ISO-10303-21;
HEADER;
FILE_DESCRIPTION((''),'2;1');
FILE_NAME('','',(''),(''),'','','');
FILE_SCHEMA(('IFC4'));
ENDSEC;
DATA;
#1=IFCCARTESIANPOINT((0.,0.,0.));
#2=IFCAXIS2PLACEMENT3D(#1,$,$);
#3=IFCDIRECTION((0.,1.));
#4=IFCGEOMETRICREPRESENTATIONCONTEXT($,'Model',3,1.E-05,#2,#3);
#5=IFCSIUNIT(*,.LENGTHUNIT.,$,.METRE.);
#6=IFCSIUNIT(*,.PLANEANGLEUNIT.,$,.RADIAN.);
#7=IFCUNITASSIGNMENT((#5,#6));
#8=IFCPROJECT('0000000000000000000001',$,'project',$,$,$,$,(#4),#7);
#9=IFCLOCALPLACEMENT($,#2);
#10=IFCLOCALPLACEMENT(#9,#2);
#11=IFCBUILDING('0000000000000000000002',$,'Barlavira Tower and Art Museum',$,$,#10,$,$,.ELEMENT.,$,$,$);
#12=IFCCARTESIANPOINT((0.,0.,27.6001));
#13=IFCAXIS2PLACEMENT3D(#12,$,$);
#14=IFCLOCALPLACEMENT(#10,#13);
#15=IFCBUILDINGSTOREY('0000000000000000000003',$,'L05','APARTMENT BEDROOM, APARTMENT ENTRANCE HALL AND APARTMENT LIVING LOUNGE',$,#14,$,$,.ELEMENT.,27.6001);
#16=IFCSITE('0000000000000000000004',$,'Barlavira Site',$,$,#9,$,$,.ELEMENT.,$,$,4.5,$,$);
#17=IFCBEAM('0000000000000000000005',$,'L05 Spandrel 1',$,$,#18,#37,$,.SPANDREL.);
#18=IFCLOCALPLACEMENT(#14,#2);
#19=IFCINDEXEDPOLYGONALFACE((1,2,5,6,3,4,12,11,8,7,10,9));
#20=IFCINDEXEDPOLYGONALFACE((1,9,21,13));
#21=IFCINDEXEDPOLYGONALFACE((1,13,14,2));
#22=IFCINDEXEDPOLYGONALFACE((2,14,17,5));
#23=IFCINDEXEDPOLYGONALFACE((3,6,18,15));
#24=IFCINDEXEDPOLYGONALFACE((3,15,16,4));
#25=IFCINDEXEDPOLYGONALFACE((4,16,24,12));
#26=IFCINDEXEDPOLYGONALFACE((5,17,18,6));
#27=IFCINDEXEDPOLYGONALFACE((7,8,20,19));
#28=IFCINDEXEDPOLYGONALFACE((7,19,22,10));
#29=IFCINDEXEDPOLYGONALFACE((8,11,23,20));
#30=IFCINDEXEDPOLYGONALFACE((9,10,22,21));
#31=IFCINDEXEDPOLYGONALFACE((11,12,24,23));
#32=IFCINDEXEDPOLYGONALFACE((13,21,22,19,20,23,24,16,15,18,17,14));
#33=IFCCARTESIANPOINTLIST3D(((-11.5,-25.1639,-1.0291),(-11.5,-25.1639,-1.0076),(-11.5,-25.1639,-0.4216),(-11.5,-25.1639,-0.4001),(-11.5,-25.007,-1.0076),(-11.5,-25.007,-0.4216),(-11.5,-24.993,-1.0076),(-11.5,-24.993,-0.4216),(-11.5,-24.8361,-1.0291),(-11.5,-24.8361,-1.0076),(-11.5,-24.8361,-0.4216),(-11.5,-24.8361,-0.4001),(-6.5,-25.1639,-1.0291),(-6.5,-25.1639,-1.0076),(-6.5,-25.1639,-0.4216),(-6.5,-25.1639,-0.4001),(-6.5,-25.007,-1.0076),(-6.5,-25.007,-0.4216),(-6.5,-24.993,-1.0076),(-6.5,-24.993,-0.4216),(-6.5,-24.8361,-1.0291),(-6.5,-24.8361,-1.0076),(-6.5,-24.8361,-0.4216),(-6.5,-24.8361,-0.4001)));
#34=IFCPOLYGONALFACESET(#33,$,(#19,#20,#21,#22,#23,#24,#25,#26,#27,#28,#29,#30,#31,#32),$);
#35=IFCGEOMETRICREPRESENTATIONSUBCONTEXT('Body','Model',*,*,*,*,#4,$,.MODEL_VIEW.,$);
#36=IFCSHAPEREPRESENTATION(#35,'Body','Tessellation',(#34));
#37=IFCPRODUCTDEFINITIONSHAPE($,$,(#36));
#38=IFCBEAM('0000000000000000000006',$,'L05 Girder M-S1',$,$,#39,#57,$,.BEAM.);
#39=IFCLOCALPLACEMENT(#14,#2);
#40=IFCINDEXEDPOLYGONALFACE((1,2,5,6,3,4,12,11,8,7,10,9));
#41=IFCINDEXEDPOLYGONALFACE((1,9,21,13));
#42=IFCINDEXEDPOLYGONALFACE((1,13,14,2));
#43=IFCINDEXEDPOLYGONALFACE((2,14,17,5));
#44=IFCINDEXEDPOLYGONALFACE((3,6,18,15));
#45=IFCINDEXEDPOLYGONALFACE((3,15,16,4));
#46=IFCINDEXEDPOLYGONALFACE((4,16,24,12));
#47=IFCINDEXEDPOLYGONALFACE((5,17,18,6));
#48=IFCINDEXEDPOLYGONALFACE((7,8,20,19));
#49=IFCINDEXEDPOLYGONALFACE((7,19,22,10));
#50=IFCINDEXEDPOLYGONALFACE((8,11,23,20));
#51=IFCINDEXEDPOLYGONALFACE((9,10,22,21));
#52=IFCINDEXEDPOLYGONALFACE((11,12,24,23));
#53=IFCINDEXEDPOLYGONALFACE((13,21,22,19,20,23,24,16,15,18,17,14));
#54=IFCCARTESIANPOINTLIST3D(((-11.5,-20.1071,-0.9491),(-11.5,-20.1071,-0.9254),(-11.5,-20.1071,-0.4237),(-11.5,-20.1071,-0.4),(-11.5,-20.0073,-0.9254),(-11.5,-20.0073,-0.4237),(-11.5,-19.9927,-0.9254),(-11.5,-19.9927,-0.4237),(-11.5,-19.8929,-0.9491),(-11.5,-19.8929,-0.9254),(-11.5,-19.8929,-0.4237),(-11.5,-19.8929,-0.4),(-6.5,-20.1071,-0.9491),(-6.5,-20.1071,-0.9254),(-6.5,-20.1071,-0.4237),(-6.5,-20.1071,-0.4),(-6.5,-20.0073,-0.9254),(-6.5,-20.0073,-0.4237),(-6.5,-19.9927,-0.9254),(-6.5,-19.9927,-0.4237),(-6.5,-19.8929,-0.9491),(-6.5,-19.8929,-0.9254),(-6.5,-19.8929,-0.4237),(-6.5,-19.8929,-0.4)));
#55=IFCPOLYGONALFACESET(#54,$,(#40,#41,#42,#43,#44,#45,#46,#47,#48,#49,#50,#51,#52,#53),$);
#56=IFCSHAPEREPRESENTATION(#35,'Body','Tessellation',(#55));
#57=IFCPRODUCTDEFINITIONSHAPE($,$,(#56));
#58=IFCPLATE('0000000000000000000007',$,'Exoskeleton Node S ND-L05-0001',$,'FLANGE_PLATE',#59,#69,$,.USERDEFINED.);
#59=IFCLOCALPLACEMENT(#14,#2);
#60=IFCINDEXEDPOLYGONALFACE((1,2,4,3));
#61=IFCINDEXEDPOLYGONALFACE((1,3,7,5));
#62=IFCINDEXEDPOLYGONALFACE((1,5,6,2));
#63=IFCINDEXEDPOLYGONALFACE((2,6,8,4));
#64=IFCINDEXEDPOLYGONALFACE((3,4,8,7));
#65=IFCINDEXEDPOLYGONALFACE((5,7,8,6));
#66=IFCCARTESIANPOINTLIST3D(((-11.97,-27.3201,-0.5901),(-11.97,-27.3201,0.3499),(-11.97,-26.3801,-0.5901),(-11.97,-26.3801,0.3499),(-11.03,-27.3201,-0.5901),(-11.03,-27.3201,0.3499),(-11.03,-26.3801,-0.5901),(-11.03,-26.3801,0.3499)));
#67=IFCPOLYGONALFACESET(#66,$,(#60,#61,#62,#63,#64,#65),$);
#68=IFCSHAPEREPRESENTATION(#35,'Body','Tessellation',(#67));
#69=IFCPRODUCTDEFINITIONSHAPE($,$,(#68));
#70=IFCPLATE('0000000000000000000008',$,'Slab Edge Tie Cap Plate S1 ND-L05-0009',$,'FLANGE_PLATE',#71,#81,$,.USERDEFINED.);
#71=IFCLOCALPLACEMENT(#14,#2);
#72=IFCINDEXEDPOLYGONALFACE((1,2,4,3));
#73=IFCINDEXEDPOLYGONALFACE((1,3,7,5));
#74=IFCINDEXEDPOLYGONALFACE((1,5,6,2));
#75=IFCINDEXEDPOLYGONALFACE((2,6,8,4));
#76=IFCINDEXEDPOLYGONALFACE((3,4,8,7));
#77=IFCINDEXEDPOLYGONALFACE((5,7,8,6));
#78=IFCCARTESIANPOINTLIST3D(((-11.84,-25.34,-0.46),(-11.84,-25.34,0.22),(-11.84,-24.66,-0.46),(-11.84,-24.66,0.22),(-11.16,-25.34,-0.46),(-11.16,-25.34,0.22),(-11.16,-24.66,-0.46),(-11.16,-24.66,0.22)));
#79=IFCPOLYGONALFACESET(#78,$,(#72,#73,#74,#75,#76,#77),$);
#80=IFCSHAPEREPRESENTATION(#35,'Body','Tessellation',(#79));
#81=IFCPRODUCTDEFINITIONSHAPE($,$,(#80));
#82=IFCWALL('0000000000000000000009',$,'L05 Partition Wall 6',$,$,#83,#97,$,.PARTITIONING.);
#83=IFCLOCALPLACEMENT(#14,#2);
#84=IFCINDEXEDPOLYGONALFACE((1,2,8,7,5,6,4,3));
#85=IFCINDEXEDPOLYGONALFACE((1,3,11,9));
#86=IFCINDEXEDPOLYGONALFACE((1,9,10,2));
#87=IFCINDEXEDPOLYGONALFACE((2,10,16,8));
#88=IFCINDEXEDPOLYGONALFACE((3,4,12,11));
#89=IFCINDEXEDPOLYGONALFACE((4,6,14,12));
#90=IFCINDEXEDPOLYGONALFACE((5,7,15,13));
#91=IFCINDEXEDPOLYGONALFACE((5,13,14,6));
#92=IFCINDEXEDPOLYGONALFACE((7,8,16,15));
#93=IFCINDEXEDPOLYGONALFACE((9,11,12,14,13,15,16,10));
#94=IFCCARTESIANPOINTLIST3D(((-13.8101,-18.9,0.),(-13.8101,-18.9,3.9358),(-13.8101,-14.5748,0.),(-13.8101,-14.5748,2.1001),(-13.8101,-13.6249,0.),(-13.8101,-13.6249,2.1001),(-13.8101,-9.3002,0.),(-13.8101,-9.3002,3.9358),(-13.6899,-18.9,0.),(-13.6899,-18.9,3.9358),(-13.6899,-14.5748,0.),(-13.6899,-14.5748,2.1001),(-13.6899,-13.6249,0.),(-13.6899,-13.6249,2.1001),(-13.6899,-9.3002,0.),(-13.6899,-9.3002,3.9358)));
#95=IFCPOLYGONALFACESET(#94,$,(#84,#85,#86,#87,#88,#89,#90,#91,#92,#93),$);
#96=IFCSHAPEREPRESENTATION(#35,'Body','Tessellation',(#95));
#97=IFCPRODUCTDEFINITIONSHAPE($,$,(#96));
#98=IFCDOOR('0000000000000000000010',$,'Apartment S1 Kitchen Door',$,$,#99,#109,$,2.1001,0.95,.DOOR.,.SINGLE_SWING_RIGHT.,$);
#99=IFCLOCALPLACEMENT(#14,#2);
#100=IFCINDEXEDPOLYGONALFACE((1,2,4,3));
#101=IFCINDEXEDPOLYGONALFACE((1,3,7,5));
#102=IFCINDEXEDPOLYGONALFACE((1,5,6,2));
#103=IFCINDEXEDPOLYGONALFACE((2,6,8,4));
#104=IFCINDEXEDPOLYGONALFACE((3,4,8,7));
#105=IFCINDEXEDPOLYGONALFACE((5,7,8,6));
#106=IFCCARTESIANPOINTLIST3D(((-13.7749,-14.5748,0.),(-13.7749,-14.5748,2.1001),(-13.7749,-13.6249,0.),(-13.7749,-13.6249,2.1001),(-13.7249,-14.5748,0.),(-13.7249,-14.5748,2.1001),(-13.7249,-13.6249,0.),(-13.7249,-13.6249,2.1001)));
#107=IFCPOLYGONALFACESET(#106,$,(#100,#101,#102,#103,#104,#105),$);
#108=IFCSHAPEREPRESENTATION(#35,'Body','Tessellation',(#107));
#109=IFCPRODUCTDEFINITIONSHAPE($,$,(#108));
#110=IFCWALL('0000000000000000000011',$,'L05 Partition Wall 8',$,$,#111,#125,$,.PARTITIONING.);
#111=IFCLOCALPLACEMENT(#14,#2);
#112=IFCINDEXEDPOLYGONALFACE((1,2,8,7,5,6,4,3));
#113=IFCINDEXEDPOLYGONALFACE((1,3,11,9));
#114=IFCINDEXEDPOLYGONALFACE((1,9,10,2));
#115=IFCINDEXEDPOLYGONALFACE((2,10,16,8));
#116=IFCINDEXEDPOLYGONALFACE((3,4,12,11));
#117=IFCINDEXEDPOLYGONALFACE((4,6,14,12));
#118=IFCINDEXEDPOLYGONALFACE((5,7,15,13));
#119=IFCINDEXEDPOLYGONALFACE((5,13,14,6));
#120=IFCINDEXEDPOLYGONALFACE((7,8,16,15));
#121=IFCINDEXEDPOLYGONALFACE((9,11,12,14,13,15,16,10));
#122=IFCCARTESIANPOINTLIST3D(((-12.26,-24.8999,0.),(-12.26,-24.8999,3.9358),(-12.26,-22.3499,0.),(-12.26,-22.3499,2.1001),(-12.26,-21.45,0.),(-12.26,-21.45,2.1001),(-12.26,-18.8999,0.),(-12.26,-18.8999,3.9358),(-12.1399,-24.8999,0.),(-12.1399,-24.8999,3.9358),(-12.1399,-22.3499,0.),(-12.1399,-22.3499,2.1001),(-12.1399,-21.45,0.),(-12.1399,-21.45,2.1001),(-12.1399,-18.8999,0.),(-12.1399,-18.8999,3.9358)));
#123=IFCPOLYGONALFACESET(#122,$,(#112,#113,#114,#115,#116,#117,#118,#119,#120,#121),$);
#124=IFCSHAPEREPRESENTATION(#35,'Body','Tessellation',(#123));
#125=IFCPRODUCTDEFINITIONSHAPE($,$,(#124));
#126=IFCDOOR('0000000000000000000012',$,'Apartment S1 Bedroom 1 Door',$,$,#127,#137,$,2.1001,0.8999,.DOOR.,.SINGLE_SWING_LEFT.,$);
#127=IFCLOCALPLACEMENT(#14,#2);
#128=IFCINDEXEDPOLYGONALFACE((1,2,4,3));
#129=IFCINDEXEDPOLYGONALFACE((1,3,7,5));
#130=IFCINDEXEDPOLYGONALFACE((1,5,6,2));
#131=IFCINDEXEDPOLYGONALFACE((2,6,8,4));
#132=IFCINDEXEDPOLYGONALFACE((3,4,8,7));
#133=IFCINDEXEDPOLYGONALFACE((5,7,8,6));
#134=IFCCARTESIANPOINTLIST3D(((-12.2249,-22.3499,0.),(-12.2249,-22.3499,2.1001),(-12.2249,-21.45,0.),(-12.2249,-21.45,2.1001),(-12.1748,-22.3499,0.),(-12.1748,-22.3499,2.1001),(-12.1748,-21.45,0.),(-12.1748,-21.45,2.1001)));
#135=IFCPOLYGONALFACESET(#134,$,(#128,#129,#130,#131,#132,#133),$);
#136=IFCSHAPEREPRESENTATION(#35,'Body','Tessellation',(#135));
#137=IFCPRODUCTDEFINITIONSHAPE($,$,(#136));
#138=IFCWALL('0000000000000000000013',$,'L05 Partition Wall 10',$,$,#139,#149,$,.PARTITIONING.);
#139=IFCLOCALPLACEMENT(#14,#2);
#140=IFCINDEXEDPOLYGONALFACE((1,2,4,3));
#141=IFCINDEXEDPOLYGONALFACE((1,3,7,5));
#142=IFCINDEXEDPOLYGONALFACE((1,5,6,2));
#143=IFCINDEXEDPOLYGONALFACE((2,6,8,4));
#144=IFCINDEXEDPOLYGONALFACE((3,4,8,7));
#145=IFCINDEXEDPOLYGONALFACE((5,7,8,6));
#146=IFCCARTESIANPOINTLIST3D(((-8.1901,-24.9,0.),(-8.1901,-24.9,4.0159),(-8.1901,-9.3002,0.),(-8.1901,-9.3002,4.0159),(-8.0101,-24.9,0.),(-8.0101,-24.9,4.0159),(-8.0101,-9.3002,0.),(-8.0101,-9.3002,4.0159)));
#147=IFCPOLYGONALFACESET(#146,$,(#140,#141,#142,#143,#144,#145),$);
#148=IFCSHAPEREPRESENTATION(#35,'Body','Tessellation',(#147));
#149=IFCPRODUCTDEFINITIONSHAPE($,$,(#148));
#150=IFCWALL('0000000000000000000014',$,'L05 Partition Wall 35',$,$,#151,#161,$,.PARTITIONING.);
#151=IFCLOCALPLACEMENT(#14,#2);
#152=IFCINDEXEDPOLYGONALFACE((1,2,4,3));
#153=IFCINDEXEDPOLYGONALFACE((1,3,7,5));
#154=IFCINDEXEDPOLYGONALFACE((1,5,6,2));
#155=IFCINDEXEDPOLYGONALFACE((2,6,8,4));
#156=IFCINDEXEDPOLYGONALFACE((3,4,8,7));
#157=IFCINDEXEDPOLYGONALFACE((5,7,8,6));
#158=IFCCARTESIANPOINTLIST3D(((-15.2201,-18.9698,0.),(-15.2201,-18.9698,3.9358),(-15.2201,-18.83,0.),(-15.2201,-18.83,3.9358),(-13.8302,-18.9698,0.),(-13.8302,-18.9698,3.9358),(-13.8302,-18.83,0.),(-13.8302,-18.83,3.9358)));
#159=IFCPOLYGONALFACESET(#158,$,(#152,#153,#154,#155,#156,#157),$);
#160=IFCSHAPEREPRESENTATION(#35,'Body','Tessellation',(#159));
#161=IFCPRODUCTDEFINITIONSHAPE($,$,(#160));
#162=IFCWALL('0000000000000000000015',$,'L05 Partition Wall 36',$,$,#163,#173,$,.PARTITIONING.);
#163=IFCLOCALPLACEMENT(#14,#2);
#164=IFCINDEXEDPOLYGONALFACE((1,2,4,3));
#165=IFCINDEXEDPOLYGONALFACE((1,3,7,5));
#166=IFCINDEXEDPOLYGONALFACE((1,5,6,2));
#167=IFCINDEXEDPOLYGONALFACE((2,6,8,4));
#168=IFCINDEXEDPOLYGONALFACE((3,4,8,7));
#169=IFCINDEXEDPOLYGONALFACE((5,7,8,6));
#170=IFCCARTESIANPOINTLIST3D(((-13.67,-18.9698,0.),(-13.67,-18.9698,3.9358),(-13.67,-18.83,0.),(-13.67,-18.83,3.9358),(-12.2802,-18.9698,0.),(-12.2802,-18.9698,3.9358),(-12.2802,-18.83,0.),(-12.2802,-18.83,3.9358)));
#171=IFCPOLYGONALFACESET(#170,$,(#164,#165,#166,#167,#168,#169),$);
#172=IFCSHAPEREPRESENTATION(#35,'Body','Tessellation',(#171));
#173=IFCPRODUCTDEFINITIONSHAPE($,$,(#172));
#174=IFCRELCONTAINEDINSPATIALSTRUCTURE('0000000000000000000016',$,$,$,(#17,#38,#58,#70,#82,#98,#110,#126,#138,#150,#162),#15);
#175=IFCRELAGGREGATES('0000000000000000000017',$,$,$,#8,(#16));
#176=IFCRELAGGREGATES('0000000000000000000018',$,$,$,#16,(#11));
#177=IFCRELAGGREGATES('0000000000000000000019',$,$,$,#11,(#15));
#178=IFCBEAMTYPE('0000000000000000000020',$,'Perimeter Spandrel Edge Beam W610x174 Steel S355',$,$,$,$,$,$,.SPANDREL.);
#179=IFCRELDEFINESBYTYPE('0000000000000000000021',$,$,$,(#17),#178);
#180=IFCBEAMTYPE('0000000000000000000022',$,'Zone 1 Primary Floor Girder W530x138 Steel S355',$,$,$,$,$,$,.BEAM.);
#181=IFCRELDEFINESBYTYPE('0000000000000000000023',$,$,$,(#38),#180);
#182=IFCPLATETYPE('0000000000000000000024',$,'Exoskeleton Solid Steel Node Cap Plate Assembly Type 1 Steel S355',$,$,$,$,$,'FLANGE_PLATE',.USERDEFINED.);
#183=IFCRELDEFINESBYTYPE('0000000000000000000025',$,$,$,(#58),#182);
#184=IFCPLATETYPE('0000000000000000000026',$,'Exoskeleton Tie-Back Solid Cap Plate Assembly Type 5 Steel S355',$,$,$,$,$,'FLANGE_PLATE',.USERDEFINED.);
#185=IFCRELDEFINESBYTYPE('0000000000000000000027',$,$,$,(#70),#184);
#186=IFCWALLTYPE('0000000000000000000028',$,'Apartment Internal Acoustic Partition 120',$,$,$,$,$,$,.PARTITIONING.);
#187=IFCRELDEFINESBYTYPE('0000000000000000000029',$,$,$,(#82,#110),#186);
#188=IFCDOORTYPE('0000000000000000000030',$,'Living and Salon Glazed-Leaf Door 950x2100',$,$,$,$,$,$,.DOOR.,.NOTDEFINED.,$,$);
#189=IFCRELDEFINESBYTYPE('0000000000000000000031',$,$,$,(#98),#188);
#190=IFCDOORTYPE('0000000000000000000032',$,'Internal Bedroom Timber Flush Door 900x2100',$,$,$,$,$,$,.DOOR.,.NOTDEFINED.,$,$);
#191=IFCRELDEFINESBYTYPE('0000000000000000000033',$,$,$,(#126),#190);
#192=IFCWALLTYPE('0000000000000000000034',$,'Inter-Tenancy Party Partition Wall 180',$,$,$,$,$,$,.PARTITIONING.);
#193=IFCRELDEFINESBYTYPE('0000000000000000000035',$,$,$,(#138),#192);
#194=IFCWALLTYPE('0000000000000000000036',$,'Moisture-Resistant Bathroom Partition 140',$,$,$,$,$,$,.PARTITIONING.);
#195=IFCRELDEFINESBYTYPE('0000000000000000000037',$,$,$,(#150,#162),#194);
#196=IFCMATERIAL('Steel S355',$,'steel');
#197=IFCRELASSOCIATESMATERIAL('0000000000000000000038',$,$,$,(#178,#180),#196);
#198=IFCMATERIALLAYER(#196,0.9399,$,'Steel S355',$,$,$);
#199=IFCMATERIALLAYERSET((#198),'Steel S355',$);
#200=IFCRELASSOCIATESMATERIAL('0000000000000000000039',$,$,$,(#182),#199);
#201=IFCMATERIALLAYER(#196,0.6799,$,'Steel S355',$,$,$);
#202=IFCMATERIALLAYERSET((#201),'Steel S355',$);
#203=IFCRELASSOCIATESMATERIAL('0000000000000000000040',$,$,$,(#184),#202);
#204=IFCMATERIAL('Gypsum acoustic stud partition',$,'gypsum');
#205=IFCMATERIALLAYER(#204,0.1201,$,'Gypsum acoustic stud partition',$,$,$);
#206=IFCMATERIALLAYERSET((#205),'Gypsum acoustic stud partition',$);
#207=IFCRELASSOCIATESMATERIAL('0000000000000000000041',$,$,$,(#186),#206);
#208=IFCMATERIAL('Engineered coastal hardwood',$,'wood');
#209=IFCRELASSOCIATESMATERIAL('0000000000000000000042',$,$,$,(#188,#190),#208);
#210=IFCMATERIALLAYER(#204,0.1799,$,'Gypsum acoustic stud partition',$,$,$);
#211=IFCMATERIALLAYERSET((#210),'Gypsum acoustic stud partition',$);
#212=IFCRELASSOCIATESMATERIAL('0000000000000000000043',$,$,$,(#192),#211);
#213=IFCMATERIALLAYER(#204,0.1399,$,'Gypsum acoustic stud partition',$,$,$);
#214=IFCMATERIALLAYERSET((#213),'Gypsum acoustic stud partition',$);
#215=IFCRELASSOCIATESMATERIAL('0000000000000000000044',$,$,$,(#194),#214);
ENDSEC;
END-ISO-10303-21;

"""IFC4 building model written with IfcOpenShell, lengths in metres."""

from ifc_helpers import new_model, si_unit, direction, frame, frame_2d, origin, origin_2d, place, context, subcontext, project, spatial, rectangle, i_section, extrude, material, layer, layer_set, material_profile, profile_set, type_object, element, fill, save


model = new_model("IFC4")

# Units and contexts
model_context = context("Model", 3, precision=1e-05, world=origin(), true_north=direction((0.0, 1.0)))
body_context = subcontext(model_context, "Body", "Model", "MODEL_VIEW")
ifc_project = project(units=[si_unit("LENGTHUNIT", "METRE"), si_unit("PLANEANGLEUNIT", "RADIAN")], contexts=[model_context])

# Site, building, storey
site_placement = place(None, origin())
site = spatial("IfcSite", under=ifc_project, at=site_placement, Name="Barlavira Site", CompositionType="ELEMENT", RefElevation=4.5)
building_placement = place(site_placement, origin())
building = spatial("IfcBuilding", under=site, at=building_placement, Name="Barlavira Tower and Art Museum", CompositionType="ELEMENT")
storey_placement = place(building_placement, frame((0.0, 0.0, 27.6001)))
storey = spatial("IfcBuildingStorey", under=building, at=storey_placement, Name="L05", Description="APARTMENT BEDROOM, APARTMENT ENTRANCE HALL AND APARTMENT LIVING LOUNGE", CompositionType="ELEMENT", Elevation=27.6001)

# Shared definitions
ifc_material_1 = material(Name="Steel S355", Category="steel")

# Beams
ifc_material_profile_1 = material_profile(ifc_material_1, i_section(OverallWidth=0.3279, OverallDepth=0.6289, WebThickness=0.0139, FlangeThickness=0.0215, at=origin_2d()), Name="W610x174.0")
ifc_profile_set_1 = profile_set([ifc_material_profile_1], Name="Steel S355")
beam_type_1 = type_object("IfcBeamType", Name="Perimeter Spandrel Edge Beam W610x174 Steel S355", PredefinedType="SPANDREL", material=ifc_profile_set_1)
beam_1_placement = place(storey_placement, frame((-11.5, -25.0, -0.7146), z_axis=(1.0, 0.0, 0.0), x_axis=(0.0, 1.0, 0.0)))
element("IfcBeam", 1, at=beam_1_placement, inside=storey, type_object=beam_type_1, Name="L05 Spandrel 1", PredefinedType="SPANDREL", context=body_context, shape_type="SweptSolid", body=[
    extrude(i_section(OverallWidth=0.3279, OverallDepth=0.6289, WebThickness=0.0139, FlangeThickness=0.0215, at=origin_2d()), origin(), (0.0, 0.0, 1.0), 5.0),
])
ifc_material_profile_2 = material_profile(ifc_material_1, i_section(OverallWidth=0.2141, OverallDepth=0.5491, WebThickness=0.0146, FlangeThickness=0.0237, at=origin_2d()), Name="W530x138.0")
ifc_profile_set_2 = profile_set([ifc_material_profile_2], Name="Steel S355")
beam_type_2 = type_object("IfcBeamType", Name="Zone 1 Primary Floor Girder W530x138 Steel S355", PredefinedType="BEAM", material=ifc_profile_set_2)
beam_2_placement = place(storey_placement, frame((-11.5, -20.0, -0.6746), z_axis=(1.0, 0.0, 0.0), x_axis=(0.0, 1.0, 0.0)))
element("IfcBeam", 2, at=beam_2_placement, inside=storey, type_object=beam_type_2, Name="L05 Girder M-S1", PredefinedType="BEAM", context=body_context, shape_type="SweptSolid", body=[
    extrude(i_section(OverallWidth=0.2141, OverallDepth=0.5491, WebThickness=0.0146, FlangeThickness=0.0237, at=origin_2d()), origin(), (0.0, 0.0, 1.0), 5.0),
])

# Plates
ifc_layer_1 = layer(ifc_material_1, 0.9399, Name="Steel S355")
ifc_layer_set_1 = layer_set([ifc_layer_1], Name="Steel S355")
plate_type_1 = type_object("IfcPlateType", Name="Exoskeleton Solid Steel Node Cap Plate Assembly Type 1 Steel S355", ElementType="FLANGE_PLATE", PredefinedType="USERDEFINED", material=ifc_layer_set_1)
plate_1_placement = place(storey_placement, frame((-11.5, -26.8501, -0.5901), z_axis=(0.0, 0.0, 1.0), x_axis=(1.0, 0.0, 0.0)))
element("IfcPlate", 3, at=plate_1_placement, inside=storey, type_object=plate_type_1, Name="Exoskeleton Node S ND-L05-0001", ObjectType="FLANGE_PLATE", PredefinedType="USERDEFINED", context=body_context, shape_type="SweptSolid", body=[
    extrude(rectangle(XDim=0.9399, YDim=0.9399, at=origin_2d()), origin(), (0.0, 0.0, 1.0), 0.9399),
])
ifc_layer_2 = layer(ifc_material_1, 0.6799, Name="Steel S355")
ifc_layer_set_2 = layer_set([ifc_layer_2], Name="Steel S355")
plate_type_2 = type_object("IfcPlateType", Name="Exoskeleton Tie-Back Solid Cap Plate Assembly Type 5 Steel S355", ElementType="FLANGE_PLATE", PredefinedType="USERDEFINED", material=ifc_layer_set_2)
plate_2_placement = place(storey_placement, frame((-11.5, -25.0, -0.46), z_axis=(0.0, 0.0, 1.0), x_axis=(1.0, 0.0, 0.0)))
element("IfcPlate", 4, at=plate_2_placement, inside=storey, type_object=plate_type_2, Name="Slab Edge Tie Cap Plate S1 ND-L05-0009", ObjectType="FLANGE_PLATE", PredefinedType="USERDEFINED", context=body_context, shape_type="SweptSolid", body=[
    extrude(rectangle(XDim=0.6799, YDim=0.6799, at=origin_2d()), origin(), (0.0, 0.0, 1.0), 0.6799),
])

# Walls, openings, doors
ifc_material_2 = material(Name="Gypsum acoustic stud partition", Category="gypsum")
ifc_layer_3 = layer(ifc_material_2, 0.1201, Name="Gypsum acoustic stud partition")
ifc_layer_set_3 = layer_set([ifc_layer_3], Name="Gypsum acoustic stud partition")
wall_type_1 = type_object("IfcWallType", Name="Apartment Internal Acoustic Partition 120", PredefinedType="PARTITIONING", material=ifc_layer_set_3)
wall_1_placement = place(storey_placement, frame((-13.75, -18.8999, 0.0), z_axis=(0.0, 0.0, 1.0), x_axis=(0.0, 1.0, 0.0)))
wall_1 = element("IfcWall", 5, at=wall_1_placement, inside=storey, type_object=wall_type_1, Name="L05 Partition Wall 6", PredefinedType="PARTITIONING", context=body_context, shape_type="SweptSolid", body=[
    extrude(rectangle(XDim=9.5999, YDim=0.1201, at=frame_2d((4.7998, 0.0))), origin(), (0.0, 0.0, 1.0), 3.9358),
])
opening_1_placement = place(wall_1_placement, frame((4.325, 0.0, 0.0)))
opening_1 = element("IfcOpeningElement", 6, at=opening_1_placement, cuts=wall_1, PredefinedType="OPENING", context=body_context, shape_type="SweptSolid", body=[
    extrude(rectangle(XDim=0.95, YDim=2.1001, at=frame_2d((0.4751, 1.05))), frame((0.0, 0.0701, 0.0), z_axis=(0.0, -1.0, 0.0), x_axis=(1.0, 0.0, 0.0)), (0.0, 0.0, 1.0), 0.1401),
])
ifc_material_3 = material(Name="Engineered coastal hardwood", Category="wood")
door_type_1 = type_object("IfcDoorType", Name="Living and Salon Glazed-Leaf Door 950x2100", OperationType="NOTDEFINED", PredefinedType="DOOR", material=ifc_material_3)
door_1_placement = place(opening_1_placement, origin())
door_1 = element("IfcDoor", 7, at=door_1_placement, inside=storey, type_object=door_type_1, Name="Apartment S1 Kitchen Door", OperationType="SINGLE_SWING_RIGHT", OverallHeight=2.1001, OverallWidth=0.95, PredefinedType="DOOR", context=body_context, shape_type="SweptSolid", body=[
    extrude(rectangle(XDim=0.95, YDim=2.1001, at=frame_2d((0.4751, 1.05))), frame((0.0, 0.0249, 0.0), z_axis=(0.0, -1.0, 0.0), x_axis=(1.0, 0.0, 0.0)), (0.0, 0.0, 1.0), 0.05),
])
fill(opening_1, door_1)
wall_2_placement = place(storey_placement, frame((-12.2, -24.8999, 0.0), z_axis=(0.0, 0.0, 1.0), x_axis=(0.0, 1.0, 0.0)))
wall_2 = element("IfcWall", 8, at=wall_2_placement, inside=storey, type_object=wall_type_1, Name="L05 Partition Wall 8", PredefinedType="PARTITIONING", context=body_context, shape_type="SweptSolid", body=[
    extrude(rectangle(XDim=6.0, YDim=0.1201, at=frame_2d((3.0, 0.0))), origin(), (0.0, 0.0, 1.0), 3.9358),
])
opening_2_placement = place(wall_2_placement, frame((2.55, 0.0, 0.0)))
opening_2 = element("IfcOpeningElement", 9, at=opening_2_placement, cuts=wall_2, PredefinedType="OPENING", context=body_context, shape_type="SweptSolid", body=[
    extrude(rectangle(XDim=0.8999, YDim=2.1001, at=frame_2d((0.45, 1.05))), frame((0.0, 0.0701, 0.0), z_axis=(0.0, -1.0, 0.0), x_axis=(1.0, 0.0, 0.0)), (0.0, 0.0, 1.0), 0.1401),
])
door_type_2 = type_object("IfcDoorType", Name="Internal Bedroom Timber Flush Door 900x2100", OperationType="NOTDEFINED", PredefinedType="DOOR", material=ifc_material_3)
door_2_placement = place(opening_2_placement, origin())
door_2 = element("IfcDoor", 10, at=door_2_placement, inside=storey, type_object=door_type_2, Name="Apartment S1 Bedroom 1 Door", OperationType="SINGLE_SWING_LEFT", OverallHeight=2.1001, OverallWidth=0.8999, PredefinedType="DOOR", context=body_context, shape_type="SweptSolid", body=[
    extrude(rectangle(XDim=0.8999, YDim=2.1001, at=frame_2d((0.45, 1.05))), frame((0.0, 0.0249, 0.0), z_axis=(0.0, -1.0, 0.0), x_axis=(1.0, 0.0, 0.0)), (0.0, 0.0, 1.0), 0.05),
])
fill(opening_2, door_2)

# Walls
ifc_layer_4 = layer(ifc_material_2, 0.1799, Name="Gypsum acoustic stud partition")
ifc_layer_set_4 = layer_set([ifc_layer_4], Name="Gypsum acoustic stud partition")
wall_type_2 = type_object("IfcWallType", Name="Inter-Tenancy Party Partition Wall 180", PredefinedType="PARTITIONING", material=ifc_layer_set_4)
wall_3_placement = place(storey_placement, frame((-8.1001, -24.8999, 0.0), z_axis=(0.0, 0.0, 1.0), x_axis=(0.0, 1.0, 0.0)))
element("IfcWall", 11, at=wall_3_placement, inside=storey, type_object=wall_type_2, Name="L05 Partition Wall 10", PredefinedType="PARTITIONING", context=body_context, shape_type="SweptSolid", body=[
    extrude(rectangle(XDim=15.5999, YDim=0.1799, at=frame_2d((7.7998, 0.0))), origin(), (0.0, 0.0, 1.0), 4.0159),
])
ifc_layer_5 = layer(ifc_material_2, 0.1399, Name="Gypsum acoustic stud partition")
ifc_layer_set_5 = layer_set([ifc_layer_5], Name="Gypsum acoustic stud partition")
wall_type_3 = type_object("IfcWallType", Name="Moisture-Resistant Bathroom Partition 140", PredefinedType="PARTITIONING", material=ifc_layer_set_5)
for number, where, z_axis, x_axis, name in (
    (12, (-15.22, -18.8999, 0.0), (0.0, 0.0, 1.0), (1.0, 0.0, 0.0), "L05 Partition Wall 35"),
    (13, (-13.6699, -18.8999, 0.0), (0.0, 0.0, 1.0), (1.0, 0.0, 0.0), "L05 Partition Wall 36"),
):
    element("IfcWall", number, at=place(storey_placement, frame(where, z_axis=z_axis, x_axis=x_axis)), inside=storey, type_object=wall_type_3, Name=name, PredefinedType="PARTITIONING", context=body_context, shape_type="SweptSolid", body=[
        extrude(rectangle(XDim=1.3899, YDim=0.1399, at=frame_2d((0.6948, 0.0))), origin(), (0.0, 0.0, 1.0), 3.9358),
    ])

save(model, "model.ifc")
